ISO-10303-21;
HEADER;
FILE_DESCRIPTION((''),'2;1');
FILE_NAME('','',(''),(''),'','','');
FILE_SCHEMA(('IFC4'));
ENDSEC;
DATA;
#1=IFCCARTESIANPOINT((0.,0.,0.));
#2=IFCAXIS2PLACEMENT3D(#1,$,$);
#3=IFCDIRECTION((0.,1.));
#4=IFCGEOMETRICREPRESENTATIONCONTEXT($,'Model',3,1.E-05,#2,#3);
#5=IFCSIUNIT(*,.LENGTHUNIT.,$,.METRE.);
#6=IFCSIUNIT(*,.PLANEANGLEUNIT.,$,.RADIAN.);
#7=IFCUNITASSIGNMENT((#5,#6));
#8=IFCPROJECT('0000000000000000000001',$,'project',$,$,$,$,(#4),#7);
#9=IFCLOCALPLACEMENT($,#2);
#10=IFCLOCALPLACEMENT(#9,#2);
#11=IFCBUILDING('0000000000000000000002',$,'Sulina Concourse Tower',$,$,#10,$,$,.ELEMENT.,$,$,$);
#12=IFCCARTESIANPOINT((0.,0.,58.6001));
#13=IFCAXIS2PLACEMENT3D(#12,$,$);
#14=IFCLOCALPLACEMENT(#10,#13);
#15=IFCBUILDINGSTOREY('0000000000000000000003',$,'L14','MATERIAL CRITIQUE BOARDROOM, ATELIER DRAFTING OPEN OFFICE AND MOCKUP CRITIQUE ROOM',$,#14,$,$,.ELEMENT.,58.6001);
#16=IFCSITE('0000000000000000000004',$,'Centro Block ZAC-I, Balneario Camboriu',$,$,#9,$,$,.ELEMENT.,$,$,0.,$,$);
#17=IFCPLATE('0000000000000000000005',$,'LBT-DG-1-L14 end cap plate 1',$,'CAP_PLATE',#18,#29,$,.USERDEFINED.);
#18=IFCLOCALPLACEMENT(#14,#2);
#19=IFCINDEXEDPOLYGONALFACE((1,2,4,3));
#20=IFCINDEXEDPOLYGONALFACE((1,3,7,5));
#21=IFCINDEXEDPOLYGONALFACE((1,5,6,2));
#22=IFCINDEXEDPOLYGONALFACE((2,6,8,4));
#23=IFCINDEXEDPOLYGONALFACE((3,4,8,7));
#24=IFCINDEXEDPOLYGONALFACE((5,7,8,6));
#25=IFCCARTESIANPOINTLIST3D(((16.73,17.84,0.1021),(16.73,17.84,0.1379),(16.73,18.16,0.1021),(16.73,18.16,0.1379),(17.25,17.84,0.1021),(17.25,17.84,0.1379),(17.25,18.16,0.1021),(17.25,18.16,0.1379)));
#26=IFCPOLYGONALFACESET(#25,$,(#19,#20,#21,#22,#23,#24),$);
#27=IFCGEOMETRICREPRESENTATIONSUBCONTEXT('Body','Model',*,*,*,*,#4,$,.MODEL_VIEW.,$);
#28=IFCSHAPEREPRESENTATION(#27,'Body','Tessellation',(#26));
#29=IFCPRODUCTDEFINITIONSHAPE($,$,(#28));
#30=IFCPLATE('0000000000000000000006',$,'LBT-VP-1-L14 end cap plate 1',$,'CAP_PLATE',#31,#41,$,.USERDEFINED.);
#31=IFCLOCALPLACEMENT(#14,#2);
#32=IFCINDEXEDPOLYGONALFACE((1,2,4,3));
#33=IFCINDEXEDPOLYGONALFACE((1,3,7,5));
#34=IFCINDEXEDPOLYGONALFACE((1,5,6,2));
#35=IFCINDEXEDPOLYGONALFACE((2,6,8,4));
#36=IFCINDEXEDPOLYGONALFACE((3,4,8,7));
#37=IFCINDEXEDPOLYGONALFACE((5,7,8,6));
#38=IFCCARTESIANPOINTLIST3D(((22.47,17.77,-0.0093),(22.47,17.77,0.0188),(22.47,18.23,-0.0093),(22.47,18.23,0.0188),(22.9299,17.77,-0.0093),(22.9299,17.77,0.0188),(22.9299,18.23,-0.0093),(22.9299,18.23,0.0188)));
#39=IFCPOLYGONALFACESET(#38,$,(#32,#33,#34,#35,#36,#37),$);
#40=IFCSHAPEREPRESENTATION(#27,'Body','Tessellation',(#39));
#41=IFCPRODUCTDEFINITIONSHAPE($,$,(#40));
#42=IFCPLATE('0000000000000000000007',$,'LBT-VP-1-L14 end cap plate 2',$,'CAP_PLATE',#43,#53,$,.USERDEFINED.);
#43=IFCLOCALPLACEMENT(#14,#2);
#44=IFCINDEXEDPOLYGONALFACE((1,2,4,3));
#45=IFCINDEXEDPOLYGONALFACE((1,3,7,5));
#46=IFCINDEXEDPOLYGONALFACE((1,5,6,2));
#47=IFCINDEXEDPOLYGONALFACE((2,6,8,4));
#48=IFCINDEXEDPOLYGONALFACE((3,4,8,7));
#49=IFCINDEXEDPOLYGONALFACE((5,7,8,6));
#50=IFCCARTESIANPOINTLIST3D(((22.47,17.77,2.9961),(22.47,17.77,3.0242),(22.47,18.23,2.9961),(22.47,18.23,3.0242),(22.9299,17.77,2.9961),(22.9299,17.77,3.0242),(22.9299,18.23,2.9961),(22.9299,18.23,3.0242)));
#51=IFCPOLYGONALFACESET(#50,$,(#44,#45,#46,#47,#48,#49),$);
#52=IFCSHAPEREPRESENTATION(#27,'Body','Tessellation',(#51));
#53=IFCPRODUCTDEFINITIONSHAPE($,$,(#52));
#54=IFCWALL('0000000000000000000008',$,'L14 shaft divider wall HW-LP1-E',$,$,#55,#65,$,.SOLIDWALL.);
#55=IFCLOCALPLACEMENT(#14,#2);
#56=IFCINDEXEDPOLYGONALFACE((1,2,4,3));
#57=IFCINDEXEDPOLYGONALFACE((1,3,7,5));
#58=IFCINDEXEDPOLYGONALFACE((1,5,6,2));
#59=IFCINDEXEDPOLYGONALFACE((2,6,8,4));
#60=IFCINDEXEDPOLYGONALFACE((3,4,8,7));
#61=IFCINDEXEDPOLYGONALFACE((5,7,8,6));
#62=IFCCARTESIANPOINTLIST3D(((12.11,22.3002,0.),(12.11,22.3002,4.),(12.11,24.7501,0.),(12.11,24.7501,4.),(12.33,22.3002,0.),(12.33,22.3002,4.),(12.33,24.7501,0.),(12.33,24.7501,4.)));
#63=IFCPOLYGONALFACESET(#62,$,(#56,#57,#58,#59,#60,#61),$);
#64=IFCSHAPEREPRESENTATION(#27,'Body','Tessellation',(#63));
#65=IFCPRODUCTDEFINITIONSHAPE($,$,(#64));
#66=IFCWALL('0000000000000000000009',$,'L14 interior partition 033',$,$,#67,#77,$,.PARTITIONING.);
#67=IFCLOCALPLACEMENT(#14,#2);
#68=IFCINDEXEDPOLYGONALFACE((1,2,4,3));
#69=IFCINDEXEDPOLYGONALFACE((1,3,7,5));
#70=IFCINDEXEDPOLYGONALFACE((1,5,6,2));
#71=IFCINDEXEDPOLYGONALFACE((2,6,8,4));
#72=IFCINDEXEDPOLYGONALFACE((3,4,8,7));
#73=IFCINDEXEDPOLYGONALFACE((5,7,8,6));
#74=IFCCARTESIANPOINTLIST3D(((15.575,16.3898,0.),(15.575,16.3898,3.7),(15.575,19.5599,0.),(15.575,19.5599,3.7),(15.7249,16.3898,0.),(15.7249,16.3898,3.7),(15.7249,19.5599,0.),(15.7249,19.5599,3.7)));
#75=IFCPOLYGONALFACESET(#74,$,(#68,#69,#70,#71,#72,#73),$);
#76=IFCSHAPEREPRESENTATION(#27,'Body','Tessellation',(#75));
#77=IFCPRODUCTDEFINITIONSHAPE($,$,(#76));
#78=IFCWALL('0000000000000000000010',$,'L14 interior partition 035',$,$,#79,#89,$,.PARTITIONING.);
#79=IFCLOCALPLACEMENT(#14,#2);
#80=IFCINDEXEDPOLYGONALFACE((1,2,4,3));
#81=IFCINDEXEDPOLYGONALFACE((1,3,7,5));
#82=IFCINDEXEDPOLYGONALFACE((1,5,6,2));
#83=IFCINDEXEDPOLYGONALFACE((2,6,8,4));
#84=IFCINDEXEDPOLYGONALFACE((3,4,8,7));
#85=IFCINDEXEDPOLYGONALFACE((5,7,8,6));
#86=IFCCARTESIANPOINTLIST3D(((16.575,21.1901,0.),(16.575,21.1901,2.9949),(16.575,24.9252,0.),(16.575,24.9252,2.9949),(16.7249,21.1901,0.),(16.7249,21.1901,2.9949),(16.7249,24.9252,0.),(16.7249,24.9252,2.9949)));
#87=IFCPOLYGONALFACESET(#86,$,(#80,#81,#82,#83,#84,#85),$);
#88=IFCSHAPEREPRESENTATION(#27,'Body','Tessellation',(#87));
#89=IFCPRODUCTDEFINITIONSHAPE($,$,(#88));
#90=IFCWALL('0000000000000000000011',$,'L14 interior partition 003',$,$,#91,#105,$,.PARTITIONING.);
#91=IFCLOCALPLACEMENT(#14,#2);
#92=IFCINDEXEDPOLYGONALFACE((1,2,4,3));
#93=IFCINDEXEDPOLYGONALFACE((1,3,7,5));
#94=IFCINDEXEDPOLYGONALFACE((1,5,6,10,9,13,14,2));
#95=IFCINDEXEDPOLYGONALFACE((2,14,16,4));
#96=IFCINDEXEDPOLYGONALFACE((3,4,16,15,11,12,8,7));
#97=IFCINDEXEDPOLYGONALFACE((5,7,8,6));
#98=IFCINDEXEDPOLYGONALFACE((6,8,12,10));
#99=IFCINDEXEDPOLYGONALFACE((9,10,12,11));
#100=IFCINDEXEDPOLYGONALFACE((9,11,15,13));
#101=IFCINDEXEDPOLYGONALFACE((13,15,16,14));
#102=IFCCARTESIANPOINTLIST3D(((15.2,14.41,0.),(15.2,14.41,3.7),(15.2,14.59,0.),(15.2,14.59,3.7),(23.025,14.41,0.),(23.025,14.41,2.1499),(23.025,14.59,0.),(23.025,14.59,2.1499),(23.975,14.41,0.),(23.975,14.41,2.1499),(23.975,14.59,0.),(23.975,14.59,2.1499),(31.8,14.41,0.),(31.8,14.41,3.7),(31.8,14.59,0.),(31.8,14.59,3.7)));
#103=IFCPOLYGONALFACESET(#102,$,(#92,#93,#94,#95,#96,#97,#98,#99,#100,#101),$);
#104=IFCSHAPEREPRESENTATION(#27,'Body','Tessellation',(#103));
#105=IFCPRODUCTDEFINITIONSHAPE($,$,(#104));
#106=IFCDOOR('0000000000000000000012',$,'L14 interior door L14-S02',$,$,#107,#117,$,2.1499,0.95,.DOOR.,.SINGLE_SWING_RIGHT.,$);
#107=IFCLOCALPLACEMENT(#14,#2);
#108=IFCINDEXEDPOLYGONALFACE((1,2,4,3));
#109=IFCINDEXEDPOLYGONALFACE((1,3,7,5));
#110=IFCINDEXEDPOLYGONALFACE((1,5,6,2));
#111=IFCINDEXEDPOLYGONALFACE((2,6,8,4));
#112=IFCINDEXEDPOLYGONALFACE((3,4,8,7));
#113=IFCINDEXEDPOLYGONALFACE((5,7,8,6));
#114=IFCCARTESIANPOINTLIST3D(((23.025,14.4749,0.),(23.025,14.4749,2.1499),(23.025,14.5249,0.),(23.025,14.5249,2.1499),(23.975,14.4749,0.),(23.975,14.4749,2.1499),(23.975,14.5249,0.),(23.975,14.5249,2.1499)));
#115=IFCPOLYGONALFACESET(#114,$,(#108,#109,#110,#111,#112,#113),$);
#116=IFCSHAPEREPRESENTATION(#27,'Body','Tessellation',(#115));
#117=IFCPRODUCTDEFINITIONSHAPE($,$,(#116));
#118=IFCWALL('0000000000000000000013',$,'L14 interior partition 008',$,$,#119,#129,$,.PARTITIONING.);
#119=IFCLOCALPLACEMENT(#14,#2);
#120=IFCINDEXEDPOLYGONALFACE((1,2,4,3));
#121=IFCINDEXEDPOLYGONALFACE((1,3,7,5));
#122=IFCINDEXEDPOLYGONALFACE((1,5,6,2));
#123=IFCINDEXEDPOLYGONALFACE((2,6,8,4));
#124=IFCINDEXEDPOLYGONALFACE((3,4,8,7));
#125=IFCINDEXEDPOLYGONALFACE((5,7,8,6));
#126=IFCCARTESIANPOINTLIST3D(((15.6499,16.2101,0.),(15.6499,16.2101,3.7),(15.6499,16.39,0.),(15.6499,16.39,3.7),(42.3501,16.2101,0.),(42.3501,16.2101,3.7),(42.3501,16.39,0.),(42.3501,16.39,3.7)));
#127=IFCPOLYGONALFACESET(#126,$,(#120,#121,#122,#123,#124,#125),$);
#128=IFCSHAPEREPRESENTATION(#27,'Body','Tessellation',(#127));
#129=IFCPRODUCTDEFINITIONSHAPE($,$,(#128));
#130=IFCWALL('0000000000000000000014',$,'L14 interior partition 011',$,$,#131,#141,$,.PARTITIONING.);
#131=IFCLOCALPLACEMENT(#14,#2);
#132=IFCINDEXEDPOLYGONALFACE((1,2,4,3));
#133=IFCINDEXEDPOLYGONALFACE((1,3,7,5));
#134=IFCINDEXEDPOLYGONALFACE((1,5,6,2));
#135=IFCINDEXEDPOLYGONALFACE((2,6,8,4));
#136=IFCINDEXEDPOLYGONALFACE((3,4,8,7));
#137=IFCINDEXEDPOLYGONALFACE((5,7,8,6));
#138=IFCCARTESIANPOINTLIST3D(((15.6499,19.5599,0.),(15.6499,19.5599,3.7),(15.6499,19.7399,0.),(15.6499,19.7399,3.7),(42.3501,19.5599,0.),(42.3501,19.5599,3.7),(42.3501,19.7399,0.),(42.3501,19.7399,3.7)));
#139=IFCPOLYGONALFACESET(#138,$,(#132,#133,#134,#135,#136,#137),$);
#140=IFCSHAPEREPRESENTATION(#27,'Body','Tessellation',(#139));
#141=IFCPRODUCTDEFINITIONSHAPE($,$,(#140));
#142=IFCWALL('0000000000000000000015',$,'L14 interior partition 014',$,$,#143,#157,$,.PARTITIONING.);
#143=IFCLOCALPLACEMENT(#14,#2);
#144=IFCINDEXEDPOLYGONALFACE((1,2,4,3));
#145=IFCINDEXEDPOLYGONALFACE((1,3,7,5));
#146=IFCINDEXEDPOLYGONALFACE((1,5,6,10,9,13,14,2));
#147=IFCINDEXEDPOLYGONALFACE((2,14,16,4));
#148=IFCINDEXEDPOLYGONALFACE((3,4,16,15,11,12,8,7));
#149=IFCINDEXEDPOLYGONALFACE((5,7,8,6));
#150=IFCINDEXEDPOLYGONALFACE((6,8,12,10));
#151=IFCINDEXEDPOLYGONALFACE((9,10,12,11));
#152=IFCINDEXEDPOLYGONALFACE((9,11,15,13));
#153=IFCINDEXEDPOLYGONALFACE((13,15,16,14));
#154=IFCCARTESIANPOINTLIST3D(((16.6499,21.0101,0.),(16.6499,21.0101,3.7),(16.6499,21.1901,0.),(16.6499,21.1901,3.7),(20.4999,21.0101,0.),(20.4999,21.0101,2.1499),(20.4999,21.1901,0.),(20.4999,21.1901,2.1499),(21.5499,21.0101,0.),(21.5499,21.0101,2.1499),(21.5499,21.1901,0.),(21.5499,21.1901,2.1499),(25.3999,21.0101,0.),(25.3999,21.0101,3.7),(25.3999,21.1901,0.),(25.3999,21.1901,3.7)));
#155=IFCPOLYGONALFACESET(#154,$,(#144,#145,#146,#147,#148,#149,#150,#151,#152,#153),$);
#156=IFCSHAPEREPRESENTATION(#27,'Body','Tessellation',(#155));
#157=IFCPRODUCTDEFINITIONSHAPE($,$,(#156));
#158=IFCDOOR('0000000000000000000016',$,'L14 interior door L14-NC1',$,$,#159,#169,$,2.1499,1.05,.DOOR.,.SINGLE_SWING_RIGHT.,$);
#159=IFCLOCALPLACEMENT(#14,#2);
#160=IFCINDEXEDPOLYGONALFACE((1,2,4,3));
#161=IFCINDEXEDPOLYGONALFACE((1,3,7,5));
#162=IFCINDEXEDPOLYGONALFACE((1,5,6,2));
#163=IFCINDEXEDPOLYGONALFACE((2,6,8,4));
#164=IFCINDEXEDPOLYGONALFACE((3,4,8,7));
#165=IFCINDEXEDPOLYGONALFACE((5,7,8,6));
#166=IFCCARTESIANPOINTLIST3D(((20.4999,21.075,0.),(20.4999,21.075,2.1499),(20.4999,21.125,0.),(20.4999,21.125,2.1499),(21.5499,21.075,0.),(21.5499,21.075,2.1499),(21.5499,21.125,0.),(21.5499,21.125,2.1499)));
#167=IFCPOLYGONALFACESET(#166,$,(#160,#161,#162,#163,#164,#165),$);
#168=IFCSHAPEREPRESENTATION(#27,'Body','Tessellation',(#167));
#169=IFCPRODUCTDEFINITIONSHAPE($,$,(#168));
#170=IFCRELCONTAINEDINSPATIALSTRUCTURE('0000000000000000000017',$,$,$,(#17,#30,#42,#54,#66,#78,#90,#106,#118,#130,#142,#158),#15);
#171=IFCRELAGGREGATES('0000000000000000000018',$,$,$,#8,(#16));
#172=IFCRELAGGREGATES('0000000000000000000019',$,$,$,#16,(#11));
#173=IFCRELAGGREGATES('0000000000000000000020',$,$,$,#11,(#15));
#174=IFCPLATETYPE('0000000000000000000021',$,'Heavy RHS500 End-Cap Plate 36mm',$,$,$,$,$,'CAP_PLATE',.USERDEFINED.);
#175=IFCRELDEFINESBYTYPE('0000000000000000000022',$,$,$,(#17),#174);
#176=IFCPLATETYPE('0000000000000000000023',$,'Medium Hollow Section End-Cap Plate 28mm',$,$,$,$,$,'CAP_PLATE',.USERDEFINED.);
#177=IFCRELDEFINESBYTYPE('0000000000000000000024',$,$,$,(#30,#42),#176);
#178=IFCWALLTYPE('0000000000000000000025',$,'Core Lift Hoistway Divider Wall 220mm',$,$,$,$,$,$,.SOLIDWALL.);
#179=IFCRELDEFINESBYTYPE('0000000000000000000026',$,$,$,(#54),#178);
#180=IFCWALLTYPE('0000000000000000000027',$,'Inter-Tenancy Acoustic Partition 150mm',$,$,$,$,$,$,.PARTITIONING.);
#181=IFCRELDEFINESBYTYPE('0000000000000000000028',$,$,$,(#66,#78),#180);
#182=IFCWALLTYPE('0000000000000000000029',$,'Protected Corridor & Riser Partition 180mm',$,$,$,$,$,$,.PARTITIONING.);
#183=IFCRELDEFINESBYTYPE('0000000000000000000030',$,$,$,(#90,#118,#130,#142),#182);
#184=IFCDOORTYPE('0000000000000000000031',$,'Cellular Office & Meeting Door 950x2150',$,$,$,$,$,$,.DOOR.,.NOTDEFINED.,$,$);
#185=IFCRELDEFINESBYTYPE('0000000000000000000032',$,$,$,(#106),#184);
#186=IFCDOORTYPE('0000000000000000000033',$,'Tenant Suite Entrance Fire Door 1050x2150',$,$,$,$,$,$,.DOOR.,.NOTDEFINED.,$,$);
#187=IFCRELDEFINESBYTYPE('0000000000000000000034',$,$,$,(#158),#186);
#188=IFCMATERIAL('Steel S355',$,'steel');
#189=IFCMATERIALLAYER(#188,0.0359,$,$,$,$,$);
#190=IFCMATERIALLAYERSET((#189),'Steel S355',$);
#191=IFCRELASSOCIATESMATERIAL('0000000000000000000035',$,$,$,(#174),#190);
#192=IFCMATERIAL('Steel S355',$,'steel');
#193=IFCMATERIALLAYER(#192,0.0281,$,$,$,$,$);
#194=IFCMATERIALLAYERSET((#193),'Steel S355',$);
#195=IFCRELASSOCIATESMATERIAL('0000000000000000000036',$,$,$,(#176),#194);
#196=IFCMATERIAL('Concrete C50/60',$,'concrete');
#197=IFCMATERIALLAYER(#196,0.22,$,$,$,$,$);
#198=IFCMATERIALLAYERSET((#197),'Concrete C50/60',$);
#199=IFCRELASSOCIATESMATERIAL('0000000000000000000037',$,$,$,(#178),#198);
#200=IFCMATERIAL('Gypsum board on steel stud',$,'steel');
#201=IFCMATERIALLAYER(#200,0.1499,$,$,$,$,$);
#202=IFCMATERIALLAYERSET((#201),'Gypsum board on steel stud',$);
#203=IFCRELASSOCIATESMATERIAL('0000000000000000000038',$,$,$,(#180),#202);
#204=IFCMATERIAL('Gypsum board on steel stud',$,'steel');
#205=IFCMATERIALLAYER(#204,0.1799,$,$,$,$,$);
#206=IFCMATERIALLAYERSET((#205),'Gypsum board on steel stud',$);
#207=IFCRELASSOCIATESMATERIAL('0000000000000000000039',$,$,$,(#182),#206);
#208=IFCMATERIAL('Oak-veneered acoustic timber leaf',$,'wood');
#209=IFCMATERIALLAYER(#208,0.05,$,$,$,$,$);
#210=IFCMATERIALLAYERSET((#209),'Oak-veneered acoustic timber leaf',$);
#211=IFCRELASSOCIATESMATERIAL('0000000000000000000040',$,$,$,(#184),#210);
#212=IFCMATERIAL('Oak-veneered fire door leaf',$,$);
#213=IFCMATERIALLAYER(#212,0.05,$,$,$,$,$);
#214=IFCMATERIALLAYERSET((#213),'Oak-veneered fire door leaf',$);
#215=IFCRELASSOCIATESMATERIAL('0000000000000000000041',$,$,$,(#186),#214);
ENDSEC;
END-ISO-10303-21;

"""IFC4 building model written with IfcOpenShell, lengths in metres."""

from ifc_helpers import new_model, si_unit, direction, frame, frame_2d, origin, origin_2d, place, context, subcontext, project, spatial, rectangle, extrude, material, layer, layer_set, type_object, element, fill, save


model = new_model("IFC4")

# Units and contexts
model_context = context("Model", 3, precision=1e-05, world=origin(), true_north=direction((0.0, 1.0)))
body_context = subcontext(model_context, "Body", "Model", "MODEL_VIEW")
ifc_project = project(units=[si_unit("LENGTHUNIT", "METRE"), si_unit("PLANEANGLEUNIT", "RADIAN")], contexts=[model_context])

# Site, building, storey
site_placement = place(None, origin())
site = spatial("IfcSite", under=ifc_project, at=site_placement, Name="Centro Block ZAC-I, Balneario Camboriu", CompositionType="ELEMENT", RefElevation=0.0)
building_placement = place(site_placement, origin())
building = spatial("IfcBuilding", under=site, at=building_placement, Name="Sulina Concourse Tower", CompositionType="ELEMENT")
storey_placement = place(building_placement, frame((0.0, 0.0, 58.6001)))
storey = spatial("IfcBuildingStorey", under=building, at=storey_placement, Name="L14", Description="MATERIAL CRITIQUE BOARDROOM, ATELIER DRAFTING OPEN OFFICE AND MOCKUP CRITIQUE ROOM", CompositionType="ELEMENT", Elevation=58.6001)

# Plates
ifc_material_1 = material(Name="Steel S355", Category="steel")
ifc_layer_1 = layer(ifc_material_1, 0.0359)
ifc_layer_set_1 = layer_set([ifc_layer_1], Name="Steel S355")
plate_type_1 = type_object("IfcPlateType", Name="Heavy RHS500 End-Cap Plate 36mm", ElementType="CAP_PLATE", PredefinedType="USERDEFINED", material=ifc_layer_set_1)
plate_1_placement = place(storey_placement, frame((16.99, 18.0, 0.1021), z_axis=(0.0, 0.0, 1.0), x_axis=(1.0, 0.0, 0.0)))
element("IfcPlate", 1, at=plate_1_placement, inside=storey, type_object=plate_type_1, Name="LBT-DG-1-L14 end cap plate 1", ObjectType="CAP_PLATE", PredefinedType="USERDEFINED", context=body_context, shape_type="SweptSolid", body=[
    extrude(rectangle(XDim=0.52, YDim=0.3201, at=origin_2d()), origin(), (0.0, 0.0, 1.0), 0.0359),
])
ifc_material_2 = material(Name="Steel S355", Category="steel")
ifc_layer_2 = layer(ifc_material_2, 0.0281)
ifc_layer_set_2 = layer_set([ifc_layer_2], Name="Steel S355")
plate_type_2 = type_object("IfcPlateType", Name="Medium Hollow Section End-Cap Plate 28mm", ElementType="CAP_PLATE", PredefinedType="USERDEFINED", material=ifc_layer_set_2)
for number, where, z_axis, x_axis, name in (
    (2, (22.7, 18.0, -0.0093), (0.0, 0.0, 1.0), (1.0, 0.0, 0.0), "LBT-VP-1-L14 end cap plate 1"),
    (3, (22.7, 18.0, 2.9961), (0.0, 0.0, 1.0), (1.0, 0.0, 0.0), "LBT-VP-1-L14 end cap plate 2"),
):
    element("IfcPlate", number, at=place(storey_placement, frame(where, z_axis=z_axis, x_axis=x_axis)), inside=storey, type_object=plate_type_2, Name=name, ObjectType="CAP_PLATE", PredefinedType="USERDEFINED", context=body_context, shape_type="SweptSolid", body=[
        extrude(rectangle(XDim=0.46, YDim=0.46, at=origin_2d()), origin(), (0.0, 0.0, 1.0), 0.0281),
    ])

# Walls
ifc_material_3 = material(Name="Concrete C50/60", Category="concrete")
ifc_layer_3 = layer(ifc_material_3, 0.22)
ifc_layer_set_3 = layer_set([ifc_layer_3], Name="Concrete C50/60")
wall_type_1 = type_object("IfcWallType", Name="Core Lift Hoistway Divider Wall 220mm", PredefinedType="SOLIDWALL", material=ifc_layer_set_3)
wall_1_placement = place(storey_placement, frame((12.22, 22.3, 0.0), z_axis=(0.0, 0.0, 1.0), x_axis=(0.0, 1.0, 0.0)))
element("IfcWall", 4, at=wall_1_placement, inside=storey, type_object=wall_type_1, Name="L14 shaft divider wall HW-LP1-E", PredefinedType="SOLIDWALL", context=body_context, shape_type="SweptSolid", body=[
    extrude(rectangle(XDim=2.45, YDim=0.22, at=frame_2d((1.2251, 0.0))), origin(), (0.0, 0.0, 1.0), 4.0),
])
ifc_material_4 = material(Name="Gypsum board on steel stud", Category="steel")
ifc_layer_4 = layer(ifc_material_4, 0.1499)
ifc_layer_set_4 = layer_set([ifc_layer_4], Name="Gypsum board on steel stud")
wall_type_2 = type_object("IfcWallType", Name="Inter-Tenancy Acoustic Partition 150mm", PredefinedType="PARTITIONING", material=ifc_layer_set_4)
wall_2_placement = place(storey_placement, frame((15.6499, 16.3899, 0.0), z_axis=(0.0, 0.0, 1.0), x_axis=(0.0, 1.0, 0.0)))
element("IfcWall", 5, at=wall_2_placement, inside=storey, type_object=wall_type_2, Name="L14 interior partition 033", PredefinedType="PARTITIONING", context=body_context, shape_type="SweptSolid", body=[
    extrude(rectangle(XDim=3.1702, YDim=0.1499, at=frame_2d((1.585, 0.0))), origin(), (0.0, 0.0, 1.0), 3.7),
])
wall_3_placement = place(storey_placement, frame((16.6499, 21.1899, 0.0), z_axis=(0.0, 0.0, 1.0), x_axis=(0.0, 1.0, 0.0)))
element("IfcWall", 6, at=wall_3_placement, inside=storey, type_object=wall_type_2, Name="L14 interior partition 035", PredefinedType="PARTITIONING", context=body_context, shape_type="SweptSolid", body=[
    extrude(rectangle(XDim=3.7351, YDim=0.1499, at=frame_2d((1.8677, 0.0))), origin(), (0.0, 0.0, 1.0), 2.9949),
])

# Wall, opening, door
ifc_material_5 = material(Name="Gypsum board on steel stud", Category="steel")
ifc_layer_5 = layer(ifc_material_5, 0.1799)
ifc_layer_set_5 = layer_set([ifc_layer_5], Name="Gypsum board on steel stud")
wall_type_3 = type_object("IfcWallType", Name="Protected Corridor & Riser Partition 180mm", PredefinedType="PARTITIONING", material=ifc_layer_set_5)
wall_4_placement = place(storey_placement, frame((15.2, 14.5, 0.0), z_axis=(0.0, 0.0, 1.0), x_axis=(1.0, 0.0, 0.0)))
wall_4 = element("IfcWall", 7, at=wall_4_placement, inside=storey, type_object=wall_type_3, Name="L14 interior partition 003", PredefinedType="PARTITIONING", context=body_context, shape_type="SweptSolid", body=[
    extrude(rectangle(XDim=16.6001, YDim=0.1799, at=frame_2d((8.3, 0.0))), origin(), (0.0, 0.0, 1.0), 3.7),
])
opening_1_placement = place(wall_4_placement, frame((7.825, 0.0, 0.0)))
opening_1 = element("IfcOpeningElement", 8, at=opening_1_placement, cuts=wall_4, PredefinedType="OPENING", context=body_context, shape_type="SweptSolid", body=[
    extrude(rectangle(XDim=0.95, YDim=2.1499, at=frame_2d((0.4751, 1.075))), frame((0.0, 0.0999, 0.0), z_axis=(0.0, -1.0, 0.0), x_axis=(1.0, 0.0, 0.0)), (0.0, 0.0, 1.0), 0.2),
])
ifc_material_6 = material(Name="Oak-veneered acoustic timber leaf", Category="wood")
ifc_layer_6 = layer(ifc_material_6, 0.05)
ifc_layer_set_6 = layer_set([ifc_layer_6], Name="Oak-veneered acoustic timber leaf")
door_type_1 = type_object("IfcDoorType", Name="Cellular Office & Meeting Door 950x2150", OperationType="NOTDEFINED", PredefinedType="DOOR", material=ifc_layer_set_6)
door_1_placement = place(opening_1_placement, origin())
door_1 = element("IfcDoor", 9, at=door_1_placement, inside=storey, type_object=door_type_1, Name="L14 interior door L14-S02", OperationType="SINGLE_SWING_RIGHT", OverallHeight=2.1499, OverallWidth=0.95, PredefinedType="DOOR", context=body_context, shape_type="SweptSolid", body=[
    extrude(rectangle(XDim=0.95, YDim=2.1499, at=frame_2d((0.4751, 1.075))), frame((0.0, 0.0249, 0.0), z_axis=(0.0, -1.0, 0.0), x_axis=(1.0, 0.0, 0.0)), (0.0, 0.0, 1.0), 0.05),
])
fill(opening_1, door_1)

# Walls
for number, where, z_axis, x_axis, name in (
    (10, (15.6499, 16.3, 0.0), (0.0, 0.0, 1.0), (1.0, 0.0, 0.0), "L14 interior partition 008"),
    (11, (15.6499, 19.6499, 0.0), (0.0, 0.0, 1.0), (1.0, 0.0, 0.0), "L14 interior partition 011"),
):
    element("IfcWall", number, at=place(storey_placement, frame(where, z_axis=z_axis, x_axis=x_axis)), inside=storey, type_object=wall_type_3, Name=name, PredefinedType="PARTITIONING", context=body_context, shape_type="SweptSolid", body=[
        extrude(rectangle(XDim=26.7002, YDim=0.1799, at=frame_2d((13.3501, 0.0))), origin(), (0.0, 0.0, 1.0), 3.7),
    ])

# Wall, opening, door
wall_5_placement = place(storey_placement, frame((16.6499, 21.1001, 0.0), z_axis=(0.0, 0.0, 1.0), x_axis=(1.0, 0.0, 0.0)))
wall_5 = element("IfcWall", 12, at=wall_5_placement, inside=storey, type_object=wall_type_3, Name="L14 interior partition 014", PredefinedType="PARTITIONING", context=body_context, shape_type="SweptSolid", body=[
    extrude(rectangle(XDim=8.75, YDim=0.1799, at=frame_2d((4.375, 0.0))), origin(), (0.0, 0.0, 1.0), 3.7),
])
opening_2_placement = place(wall_5_placement, frame((3.8501, 0.0, 0.0)))
opening_2 = element("IfcOpeningElement", 13, at=opening_2_placement, cuts=wall_5, PredefinedType="OPENING", context=body_context, shape_type="SweptSolid", body=[
    extrude(rectangle(XDim=1.05, YDim=2.1499, at=frame_2d((0.5249, 1.075))), frame((0.0, 0.0999, 0.0), z_axis=(0.0, -1.0, 0.0), x_axis=(1.0, 0.0, 0.0)), (0.0, 0.0, 1.0), 0.2),
])
ifc_material_7 = material(Name="Oak-veneered fire door leaf")
ifc_layer_7 = layer(ifc_material_7, 0.05)
ifc_layer_set_7 = layer_set([ifc_layer_7], Name="Oak-veneered fire door leaf")
door_type_2 = type_object("IfcDoorType", Name="Tenant Suite Entrance Fire Door 1050x2150", OperationType="NOTDEFINED", PredefinedType="DOOR", material=ifc_layer_set_7)
door_2_placement = place(opening_2_placement, origin())
door_2 = element("IfcDoor", 14, at=door_2_placement, inside=storey, type_object=door_type_2, Name="L14 interior door L14-NC1", OperationType="SINGLE_SWING_RIGHT", OverallHeight=2.1499, OverallWidth=1.05, PredefinedType="DOOR", context=body_context, shape_type="SweptSolid", body=[
    extrude(rectangle(XDim=1.05, YDim=2.1499, at=frame_2d((0.5249, 1.075))), frame((0.0, 0.0249, 0.0), z_axis=(0.0, -1.0, 0.0), x_axis=(1.0, 0.0, 0.0)), (0.0, 0.0, 1.0), 0.05),
])
fill(opening_2, door_2)

save(model, "model.ifc")
